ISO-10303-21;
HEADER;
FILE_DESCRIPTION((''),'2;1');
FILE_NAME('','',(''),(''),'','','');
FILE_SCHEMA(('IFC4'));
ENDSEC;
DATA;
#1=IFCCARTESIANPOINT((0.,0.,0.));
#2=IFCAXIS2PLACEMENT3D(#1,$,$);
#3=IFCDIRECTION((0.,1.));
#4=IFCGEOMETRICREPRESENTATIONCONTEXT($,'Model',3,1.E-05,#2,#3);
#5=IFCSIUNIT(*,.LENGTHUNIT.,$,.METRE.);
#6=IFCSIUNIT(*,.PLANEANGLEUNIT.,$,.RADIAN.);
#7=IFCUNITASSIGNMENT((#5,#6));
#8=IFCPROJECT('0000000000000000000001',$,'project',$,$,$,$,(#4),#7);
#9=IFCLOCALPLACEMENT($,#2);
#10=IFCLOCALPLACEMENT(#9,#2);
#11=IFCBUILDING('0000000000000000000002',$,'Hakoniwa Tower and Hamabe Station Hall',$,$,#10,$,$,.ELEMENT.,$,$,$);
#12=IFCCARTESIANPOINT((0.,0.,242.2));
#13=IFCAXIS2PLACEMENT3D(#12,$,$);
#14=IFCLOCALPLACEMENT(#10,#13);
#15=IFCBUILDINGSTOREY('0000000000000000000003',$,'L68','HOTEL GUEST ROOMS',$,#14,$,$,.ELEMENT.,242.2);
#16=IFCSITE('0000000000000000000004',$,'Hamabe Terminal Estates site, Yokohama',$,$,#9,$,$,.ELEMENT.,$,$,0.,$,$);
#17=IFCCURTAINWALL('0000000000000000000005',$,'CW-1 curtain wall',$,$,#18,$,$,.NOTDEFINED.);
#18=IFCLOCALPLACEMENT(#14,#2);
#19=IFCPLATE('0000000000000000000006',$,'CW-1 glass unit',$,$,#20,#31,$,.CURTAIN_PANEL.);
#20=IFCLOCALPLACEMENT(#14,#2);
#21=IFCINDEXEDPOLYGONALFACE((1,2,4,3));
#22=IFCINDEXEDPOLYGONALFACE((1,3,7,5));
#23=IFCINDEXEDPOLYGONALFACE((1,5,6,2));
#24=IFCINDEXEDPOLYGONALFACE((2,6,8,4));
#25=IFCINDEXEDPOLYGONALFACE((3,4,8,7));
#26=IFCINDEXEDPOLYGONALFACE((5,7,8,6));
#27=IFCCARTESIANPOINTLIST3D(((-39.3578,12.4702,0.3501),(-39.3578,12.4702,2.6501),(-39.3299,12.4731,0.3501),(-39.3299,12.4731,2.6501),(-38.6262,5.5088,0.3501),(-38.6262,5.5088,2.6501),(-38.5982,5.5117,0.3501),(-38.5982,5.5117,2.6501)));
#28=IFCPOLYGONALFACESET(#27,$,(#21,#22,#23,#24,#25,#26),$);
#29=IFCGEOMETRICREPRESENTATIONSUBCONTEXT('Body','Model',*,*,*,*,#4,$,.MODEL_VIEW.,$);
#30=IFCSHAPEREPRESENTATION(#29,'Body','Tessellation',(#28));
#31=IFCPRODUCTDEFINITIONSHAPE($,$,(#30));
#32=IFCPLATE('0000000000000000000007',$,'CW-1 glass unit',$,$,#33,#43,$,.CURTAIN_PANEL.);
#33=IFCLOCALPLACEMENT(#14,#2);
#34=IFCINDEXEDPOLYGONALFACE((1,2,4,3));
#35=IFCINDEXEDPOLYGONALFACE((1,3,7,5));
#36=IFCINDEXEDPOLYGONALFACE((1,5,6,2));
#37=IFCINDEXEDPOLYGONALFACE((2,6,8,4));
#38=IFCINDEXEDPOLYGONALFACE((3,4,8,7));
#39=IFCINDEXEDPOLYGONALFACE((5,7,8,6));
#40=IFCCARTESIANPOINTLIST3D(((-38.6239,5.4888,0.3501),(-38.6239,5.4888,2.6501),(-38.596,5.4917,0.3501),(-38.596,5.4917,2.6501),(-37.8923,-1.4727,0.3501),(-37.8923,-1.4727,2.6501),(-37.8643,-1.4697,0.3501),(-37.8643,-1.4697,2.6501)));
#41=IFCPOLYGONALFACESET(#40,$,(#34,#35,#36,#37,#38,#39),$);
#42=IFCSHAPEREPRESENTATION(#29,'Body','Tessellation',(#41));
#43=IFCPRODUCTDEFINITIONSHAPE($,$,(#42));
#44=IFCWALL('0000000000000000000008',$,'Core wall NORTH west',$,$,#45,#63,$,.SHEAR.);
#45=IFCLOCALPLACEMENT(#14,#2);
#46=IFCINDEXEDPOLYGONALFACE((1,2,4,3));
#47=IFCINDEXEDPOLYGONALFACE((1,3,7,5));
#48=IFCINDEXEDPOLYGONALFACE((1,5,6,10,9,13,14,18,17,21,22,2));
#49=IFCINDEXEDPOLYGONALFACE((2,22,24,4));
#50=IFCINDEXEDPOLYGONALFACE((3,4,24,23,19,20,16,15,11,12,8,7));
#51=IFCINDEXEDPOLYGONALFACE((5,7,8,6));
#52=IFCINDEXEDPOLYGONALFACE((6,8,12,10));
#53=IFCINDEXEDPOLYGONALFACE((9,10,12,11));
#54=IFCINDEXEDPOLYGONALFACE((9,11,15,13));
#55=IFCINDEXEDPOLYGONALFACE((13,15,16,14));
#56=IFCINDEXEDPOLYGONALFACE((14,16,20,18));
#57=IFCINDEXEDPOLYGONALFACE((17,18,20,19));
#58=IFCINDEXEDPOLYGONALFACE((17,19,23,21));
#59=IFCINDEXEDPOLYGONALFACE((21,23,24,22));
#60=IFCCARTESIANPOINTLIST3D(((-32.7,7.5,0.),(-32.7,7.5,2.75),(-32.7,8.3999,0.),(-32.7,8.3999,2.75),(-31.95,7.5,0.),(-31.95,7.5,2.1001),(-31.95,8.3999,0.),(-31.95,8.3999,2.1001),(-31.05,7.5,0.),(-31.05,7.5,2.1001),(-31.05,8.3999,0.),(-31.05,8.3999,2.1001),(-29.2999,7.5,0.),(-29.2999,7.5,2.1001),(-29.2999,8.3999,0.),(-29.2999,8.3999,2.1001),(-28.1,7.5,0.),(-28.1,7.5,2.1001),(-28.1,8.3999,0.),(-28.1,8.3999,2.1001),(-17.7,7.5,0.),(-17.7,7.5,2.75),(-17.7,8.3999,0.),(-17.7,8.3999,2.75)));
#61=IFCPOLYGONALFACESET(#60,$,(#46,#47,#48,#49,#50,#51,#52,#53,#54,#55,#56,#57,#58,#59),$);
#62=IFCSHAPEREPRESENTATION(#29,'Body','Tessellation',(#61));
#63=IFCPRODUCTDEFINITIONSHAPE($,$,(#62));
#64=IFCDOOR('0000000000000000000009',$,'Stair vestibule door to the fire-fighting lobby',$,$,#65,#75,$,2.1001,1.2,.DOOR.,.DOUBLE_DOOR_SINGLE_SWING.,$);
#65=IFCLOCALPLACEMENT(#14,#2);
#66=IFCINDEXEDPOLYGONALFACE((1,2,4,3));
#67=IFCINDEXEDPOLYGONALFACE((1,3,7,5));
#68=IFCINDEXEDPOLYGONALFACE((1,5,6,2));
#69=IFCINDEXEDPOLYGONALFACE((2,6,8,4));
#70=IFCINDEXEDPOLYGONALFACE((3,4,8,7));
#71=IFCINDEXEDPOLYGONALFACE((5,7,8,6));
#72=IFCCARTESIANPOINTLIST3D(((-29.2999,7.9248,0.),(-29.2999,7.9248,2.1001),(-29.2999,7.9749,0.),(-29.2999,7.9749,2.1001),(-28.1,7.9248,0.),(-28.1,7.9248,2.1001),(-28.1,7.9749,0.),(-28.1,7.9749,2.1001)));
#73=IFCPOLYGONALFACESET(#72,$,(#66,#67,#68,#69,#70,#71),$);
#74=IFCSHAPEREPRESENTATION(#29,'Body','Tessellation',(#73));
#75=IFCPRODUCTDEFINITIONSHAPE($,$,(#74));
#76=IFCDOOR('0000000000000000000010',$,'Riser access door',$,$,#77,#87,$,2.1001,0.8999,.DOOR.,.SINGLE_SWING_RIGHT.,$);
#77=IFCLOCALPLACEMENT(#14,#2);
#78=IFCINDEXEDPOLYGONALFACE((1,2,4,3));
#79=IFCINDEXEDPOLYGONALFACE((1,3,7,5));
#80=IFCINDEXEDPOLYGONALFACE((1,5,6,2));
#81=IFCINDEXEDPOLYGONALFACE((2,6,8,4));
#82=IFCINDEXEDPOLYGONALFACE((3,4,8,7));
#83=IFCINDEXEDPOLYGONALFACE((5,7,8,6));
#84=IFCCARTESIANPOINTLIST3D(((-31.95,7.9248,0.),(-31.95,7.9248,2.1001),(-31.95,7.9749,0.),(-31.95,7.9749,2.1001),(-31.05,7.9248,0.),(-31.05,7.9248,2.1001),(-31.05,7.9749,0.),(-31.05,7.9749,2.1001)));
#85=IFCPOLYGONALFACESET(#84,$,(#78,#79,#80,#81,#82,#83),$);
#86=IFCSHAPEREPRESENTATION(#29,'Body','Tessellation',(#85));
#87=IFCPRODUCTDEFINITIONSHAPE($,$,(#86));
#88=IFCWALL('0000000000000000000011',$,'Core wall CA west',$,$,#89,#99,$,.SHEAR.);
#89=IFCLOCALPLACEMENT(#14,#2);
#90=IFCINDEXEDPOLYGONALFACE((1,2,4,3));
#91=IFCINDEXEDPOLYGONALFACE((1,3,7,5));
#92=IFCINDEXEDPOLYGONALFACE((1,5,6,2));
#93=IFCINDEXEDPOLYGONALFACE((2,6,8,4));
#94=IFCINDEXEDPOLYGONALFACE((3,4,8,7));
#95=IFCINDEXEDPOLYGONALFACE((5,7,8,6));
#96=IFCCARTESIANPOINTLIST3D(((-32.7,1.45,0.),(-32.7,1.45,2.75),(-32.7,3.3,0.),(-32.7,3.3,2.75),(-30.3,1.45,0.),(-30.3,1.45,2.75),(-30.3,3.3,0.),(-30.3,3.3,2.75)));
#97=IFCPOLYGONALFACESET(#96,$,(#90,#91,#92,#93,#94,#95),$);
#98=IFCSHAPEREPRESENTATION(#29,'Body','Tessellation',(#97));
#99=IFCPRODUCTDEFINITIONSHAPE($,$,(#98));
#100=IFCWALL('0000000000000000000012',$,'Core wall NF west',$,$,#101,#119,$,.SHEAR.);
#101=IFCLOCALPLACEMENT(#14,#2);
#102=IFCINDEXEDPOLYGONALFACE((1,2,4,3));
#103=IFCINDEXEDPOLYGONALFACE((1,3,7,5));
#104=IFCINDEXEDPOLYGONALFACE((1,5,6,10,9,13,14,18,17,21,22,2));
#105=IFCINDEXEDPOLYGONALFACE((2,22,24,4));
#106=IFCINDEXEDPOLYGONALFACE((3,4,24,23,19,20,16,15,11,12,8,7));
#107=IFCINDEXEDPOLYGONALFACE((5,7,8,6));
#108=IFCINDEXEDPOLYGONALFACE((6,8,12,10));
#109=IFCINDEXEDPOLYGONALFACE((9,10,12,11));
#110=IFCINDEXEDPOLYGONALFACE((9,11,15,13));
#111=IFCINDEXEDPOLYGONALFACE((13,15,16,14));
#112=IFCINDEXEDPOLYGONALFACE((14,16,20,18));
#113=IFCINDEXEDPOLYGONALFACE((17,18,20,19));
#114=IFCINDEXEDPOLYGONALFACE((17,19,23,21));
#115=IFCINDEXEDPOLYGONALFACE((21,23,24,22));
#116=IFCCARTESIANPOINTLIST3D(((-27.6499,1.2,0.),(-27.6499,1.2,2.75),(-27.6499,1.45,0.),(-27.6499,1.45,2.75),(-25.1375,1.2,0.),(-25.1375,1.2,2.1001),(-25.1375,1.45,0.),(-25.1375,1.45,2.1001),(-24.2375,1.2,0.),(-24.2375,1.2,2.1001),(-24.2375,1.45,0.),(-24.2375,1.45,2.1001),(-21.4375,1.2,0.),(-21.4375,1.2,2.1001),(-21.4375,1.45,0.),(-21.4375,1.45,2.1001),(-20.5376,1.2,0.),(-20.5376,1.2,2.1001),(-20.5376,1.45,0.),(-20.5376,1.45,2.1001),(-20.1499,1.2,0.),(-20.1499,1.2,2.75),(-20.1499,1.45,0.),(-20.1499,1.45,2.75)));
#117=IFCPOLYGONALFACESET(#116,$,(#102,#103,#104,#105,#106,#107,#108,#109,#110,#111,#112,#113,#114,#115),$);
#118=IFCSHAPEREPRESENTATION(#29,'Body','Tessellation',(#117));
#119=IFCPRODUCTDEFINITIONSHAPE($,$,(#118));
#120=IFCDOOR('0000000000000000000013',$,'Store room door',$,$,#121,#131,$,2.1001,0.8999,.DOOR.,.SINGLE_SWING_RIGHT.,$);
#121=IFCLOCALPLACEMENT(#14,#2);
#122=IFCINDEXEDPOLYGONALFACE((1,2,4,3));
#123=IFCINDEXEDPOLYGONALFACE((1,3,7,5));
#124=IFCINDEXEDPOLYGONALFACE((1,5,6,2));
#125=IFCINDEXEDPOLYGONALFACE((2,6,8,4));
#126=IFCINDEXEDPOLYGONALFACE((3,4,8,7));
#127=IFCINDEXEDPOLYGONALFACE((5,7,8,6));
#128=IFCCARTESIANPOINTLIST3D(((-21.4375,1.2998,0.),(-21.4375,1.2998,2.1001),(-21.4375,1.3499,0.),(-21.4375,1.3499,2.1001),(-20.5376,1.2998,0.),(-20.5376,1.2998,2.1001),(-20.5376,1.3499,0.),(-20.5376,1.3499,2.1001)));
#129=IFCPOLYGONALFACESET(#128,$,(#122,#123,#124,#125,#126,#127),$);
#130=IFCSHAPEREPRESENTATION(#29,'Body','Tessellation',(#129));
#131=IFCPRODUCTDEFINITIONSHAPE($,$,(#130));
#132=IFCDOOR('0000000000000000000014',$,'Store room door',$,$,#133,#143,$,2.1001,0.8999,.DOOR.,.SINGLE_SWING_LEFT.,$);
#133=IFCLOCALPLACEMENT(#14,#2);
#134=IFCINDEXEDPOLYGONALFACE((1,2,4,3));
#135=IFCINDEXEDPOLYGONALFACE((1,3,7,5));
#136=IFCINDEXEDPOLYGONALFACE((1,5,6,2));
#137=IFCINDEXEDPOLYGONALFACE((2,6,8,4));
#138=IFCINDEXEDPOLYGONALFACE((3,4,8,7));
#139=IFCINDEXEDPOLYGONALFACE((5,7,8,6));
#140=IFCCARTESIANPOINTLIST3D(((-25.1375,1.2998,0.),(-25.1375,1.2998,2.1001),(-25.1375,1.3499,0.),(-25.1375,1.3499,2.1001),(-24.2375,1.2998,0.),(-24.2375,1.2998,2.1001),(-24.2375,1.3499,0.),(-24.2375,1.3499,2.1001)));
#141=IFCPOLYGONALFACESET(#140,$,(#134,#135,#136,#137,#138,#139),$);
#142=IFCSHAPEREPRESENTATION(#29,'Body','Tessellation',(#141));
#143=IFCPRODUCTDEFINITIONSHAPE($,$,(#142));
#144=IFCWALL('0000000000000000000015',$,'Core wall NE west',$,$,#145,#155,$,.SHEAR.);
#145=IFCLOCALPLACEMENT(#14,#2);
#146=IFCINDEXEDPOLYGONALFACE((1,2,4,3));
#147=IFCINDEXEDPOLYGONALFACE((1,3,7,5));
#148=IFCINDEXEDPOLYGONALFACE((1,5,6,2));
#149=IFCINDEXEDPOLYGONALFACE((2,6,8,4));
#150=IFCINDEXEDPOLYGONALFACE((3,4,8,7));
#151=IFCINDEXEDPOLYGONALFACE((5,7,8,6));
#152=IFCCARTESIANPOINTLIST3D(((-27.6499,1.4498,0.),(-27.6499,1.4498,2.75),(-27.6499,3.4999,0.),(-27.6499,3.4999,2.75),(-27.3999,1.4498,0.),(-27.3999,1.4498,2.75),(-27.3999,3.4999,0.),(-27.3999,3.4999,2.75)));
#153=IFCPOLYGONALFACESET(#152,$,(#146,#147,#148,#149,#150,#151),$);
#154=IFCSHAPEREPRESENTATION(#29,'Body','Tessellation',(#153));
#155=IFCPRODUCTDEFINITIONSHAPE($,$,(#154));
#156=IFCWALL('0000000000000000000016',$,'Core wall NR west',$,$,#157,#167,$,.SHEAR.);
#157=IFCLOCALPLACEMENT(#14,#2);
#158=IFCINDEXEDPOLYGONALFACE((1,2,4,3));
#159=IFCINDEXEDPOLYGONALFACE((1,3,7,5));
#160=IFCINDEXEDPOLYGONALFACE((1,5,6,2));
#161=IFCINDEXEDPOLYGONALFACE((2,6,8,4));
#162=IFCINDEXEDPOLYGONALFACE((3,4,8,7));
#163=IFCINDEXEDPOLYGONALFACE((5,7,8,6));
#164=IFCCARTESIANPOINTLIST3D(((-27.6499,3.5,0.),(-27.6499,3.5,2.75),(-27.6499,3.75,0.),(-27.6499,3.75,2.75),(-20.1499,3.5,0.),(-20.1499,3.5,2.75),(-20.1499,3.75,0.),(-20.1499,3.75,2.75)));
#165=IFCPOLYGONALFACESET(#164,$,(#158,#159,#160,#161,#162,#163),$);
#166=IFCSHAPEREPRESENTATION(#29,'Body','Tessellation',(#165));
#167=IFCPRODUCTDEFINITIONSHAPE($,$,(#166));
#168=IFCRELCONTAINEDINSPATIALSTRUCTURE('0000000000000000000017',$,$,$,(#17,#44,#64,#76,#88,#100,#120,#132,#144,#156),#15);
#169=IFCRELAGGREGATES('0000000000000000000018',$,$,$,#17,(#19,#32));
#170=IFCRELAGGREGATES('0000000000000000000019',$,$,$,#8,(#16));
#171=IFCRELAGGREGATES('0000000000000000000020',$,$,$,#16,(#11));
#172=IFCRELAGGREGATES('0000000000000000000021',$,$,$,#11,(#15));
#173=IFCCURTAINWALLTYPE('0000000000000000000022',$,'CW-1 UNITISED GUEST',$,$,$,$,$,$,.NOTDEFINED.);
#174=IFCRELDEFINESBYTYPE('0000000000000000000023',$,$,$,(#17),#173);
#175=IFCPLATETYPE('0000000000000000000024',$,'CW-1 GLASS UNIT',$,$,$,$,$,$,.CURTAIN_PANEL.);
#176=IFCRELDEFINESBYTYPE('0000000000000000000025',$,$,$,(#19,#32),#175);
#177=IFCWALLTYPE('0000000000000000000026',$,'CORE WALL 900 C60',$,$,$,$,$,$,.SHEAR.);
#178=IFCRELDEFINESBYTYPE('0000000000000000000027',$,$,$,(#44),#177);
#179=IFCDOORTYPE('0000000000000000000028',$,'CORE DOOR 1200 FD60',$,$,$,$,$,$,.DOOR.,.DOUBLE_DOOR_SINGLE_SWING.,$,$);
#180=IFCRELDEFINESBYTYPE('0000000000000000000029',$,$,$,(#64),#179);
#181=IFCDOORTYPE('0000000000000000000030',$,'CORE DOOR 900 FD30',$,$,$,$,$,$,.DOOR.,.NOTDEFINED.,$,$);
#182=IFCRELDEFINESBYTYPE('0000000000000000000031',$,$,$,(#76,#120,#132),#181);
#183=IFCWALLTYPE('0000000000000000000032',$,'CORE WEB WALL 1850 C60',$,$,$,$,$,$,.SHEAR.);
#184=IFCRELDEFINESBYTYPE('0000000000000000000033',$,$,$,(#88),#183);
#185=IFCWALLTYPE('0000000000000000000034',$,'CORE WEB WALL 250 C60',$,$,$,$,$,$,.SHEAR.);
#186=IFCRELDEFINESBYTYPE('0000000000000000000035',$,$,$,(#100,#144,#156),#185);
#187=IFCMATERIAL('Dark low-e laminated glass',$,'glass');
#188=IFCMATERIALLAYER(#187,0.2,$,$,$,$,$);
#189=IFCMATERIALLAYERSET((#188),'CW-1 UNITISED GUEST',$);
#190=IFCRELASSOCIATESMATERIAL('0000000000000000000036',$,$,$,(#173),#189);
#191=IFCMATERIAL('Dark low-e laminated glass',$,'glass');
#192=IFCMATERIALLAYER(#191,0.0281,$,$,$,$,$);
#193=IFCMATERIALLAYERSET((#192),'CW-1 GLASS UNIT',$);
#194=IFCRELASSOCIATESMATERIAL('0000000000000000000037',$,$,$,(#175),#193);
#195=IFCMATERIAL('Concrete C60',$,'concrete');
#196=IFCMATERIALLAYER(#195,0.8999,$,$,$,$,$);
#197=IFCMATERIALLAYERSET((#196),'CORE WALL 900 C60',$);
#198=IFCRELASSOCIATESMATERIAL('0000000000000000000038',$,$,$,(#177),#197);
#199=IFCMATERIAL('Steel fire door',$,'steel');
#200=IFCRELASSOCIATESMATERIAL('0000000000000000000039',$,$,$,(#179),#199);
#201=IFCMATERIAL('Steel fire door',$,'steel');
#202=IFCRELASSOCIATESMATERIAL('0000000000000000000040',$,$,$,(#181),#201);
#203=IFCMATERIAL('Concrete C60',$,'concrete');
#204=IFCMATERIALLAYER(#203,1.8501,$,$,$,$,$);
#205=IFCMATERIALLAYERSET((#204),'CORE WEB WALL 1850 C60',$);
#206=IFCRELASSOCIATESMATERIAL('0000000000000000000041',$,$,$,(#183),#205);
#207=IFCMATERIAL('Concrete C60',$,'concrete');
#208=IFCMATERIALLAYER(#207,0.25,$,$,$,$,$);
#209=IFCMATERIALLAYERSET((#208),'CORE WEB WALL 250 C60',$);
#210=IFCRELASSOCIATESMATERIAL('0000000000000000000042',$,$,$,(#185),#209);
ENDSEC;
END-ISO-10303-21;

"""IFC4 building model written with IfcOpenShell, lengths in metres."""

from ifc_helpers import new_model, si_unit, direction, frame, frame_2d, origin, origin_2d, place, context, subcontext, project, spatial, rectangle, extrude, material, layer, layer_set, type_object, element, fill, aggregate, save


model = new_model("IFC4")

# Units and contexts
model_context = context("Model", 3, precision=1e-05, world=origin(), true_north=direction((0.0, 1.0)))
body_context = subcontext(model_context, "Body", "Model", "MODEL_VIEW")
ifc_project = project(units=[si_unit("LENGTHUNIT", "METRE"), si_unit("PLANEANGLEUNIT", "RADIAN")], contexts=[model_context])

# Site, building, storey
site_placement = place(None, origin())
site = spatial("IfcSite", under=ifc_project, at=site_placement, Name="Hamabe Terminal Estates site, Yokohama", CompositionType="ELEMENT", RefElevation=0.0)
building_placement = place(site_placement, origin())
building = spatial("IfcBuilding", under=site, at=building_placement, Name="Hakoniwa Tower and Hamabe Station Hall", CompositionType="ELEMENT")
storey_placement = place(building_placement, frame((0.0, 0.0, 242.2)))
storey = spatial("IfcBuildingStorey", under=building, at=storey_placement, Name="L68", Description="HOTEL GUEST ROOMS", CompositionType="ELEMENT", Elevation=242.2)

# Curtain wall, plates
ifc_material_1 = material(Name="Dark low-e laminated glass", Category="glass")
ifc_layer_1 = layer(ifc_material_1, 0.2)
ifc_layer_set_1 = layer_set([ifc_layer_1], Name="CW-1 UNITISED GUEST")
curtain_wall_type = type_object("IfcCurtainWallType", Name="CW-1 UNITISED GUEST", PredefinedType="NOTDEFINED", material=ifc_layer_set_1)
curtain_wall_placement = place(storey_placement, origin())
curtain_wall = element("IfcCurtainWall", 1, at=curtain_wall_placement, inside=storey, type_object=curtain_wall_type, Name="CW-1 curtain wall", PredefinedType="NOTDEFINED")
ifc_material_2 = material(Name="Dark low-e laminated glass", Category="glass")
ifc_layer_2 = layer(ifc_material_2, 0.0281)
ifc_layer_set_2 = layer_set([ifc_layer_2], Name="CW-1 GLASS UNIT")
plate_type = type_object("IfcPlateType", Name="CW-1 GLASS UNIT", PredefinedType="CURTAIN_PANEL", material=ifc_layer_set_2)
plate_1_placement = place(storey_placement, frame((-38.978, 8.991, 0.3501), z_axis=(0.0, 0.0, 1.0), x_axis=(0.104528, -0.994522, 0.0)))
plate_1 = element("IfcPlate", 2, at=plate_1_placement, type_object=plate_type, Name="CW-1 glass unit", PredefinedType="CURTAIN_PANEL", context=body_context, shape_type="SweptSolid", body=[
    extrude(rectangle(XDim=6.9998, YDim=0.0281, at=origin_2d()), origin(), (0.0, 0.0, 1.0), 2.3),
])
plate_2_placement = place(storey_placement, frame((-38.2441, 2.0095, 0.3501), z_axis=(0.0, 0.0, 1.0), x_axis=(0.104528, -0.994522, 0.0)))
plate_2 = element("IfcPlate", 3, at=plate_2_placement, type_object=plate_type, Name="CW-1 glass unit", PredefinedType="CURTAIN_PANEL", context=body_context, shape_type="SweptSolid", body=[
    extrude(rectangle(XDim=6.9998, YDim=0.0281, at=origin_2d()), origin(), (0.0, 0.0, 1.0), 2.3),
])
aggregate(curtain_wall, [plate_1, plate_2])

# Wall, openings, doors
ifc_material_3 = material(Name="Concrete C60", Category="concrete")
ifc_layer_3 = layer(ifc_material_3, 0.8999)
ifc_layer_set_3 = layer_set([ifc_layer_3], Name="CORE WALL 900 C60")
wall_type_1 = type_object("IfcWallType", Name="CORE WALL 900 C60", PredefinedType="SHEAR", material=ifc_layer_set_3)
wall_1_placement = place(storey_placement, frame((-32.7, 7.95, 0.0), z_axis=(0.0, 0.0, 1.0), x_axis=(1.0, 0.0, 0.0)))
wall_1 = element("IfcWall", 4, at=wall_1_placement, inside=storey, type_object=wall_type_1, Name="Core wall NORTH west", PredefinedType="SHEAR", context=body_context, shape_type="SweptSolid", body=[
    extrude(rectangle(XDim=15.0, YDim=0.8999, at=frame_2d((7.5, 0.0))), origin(), (0.0, 0.0, 1.0), 2.75),
])
opening_1_placement = place(wall_1_placement, frame((3.3999, 0.0, 0.0)))
opening_1 = element("IfcOpeningElement", 5, at=opening_1_placement, cuts=wall_1, PredefinedType="OPENING", context=body_context, shape_type="SweptSolid", body=[
    extrude(rectangle(XDim=1.2, YDim=2.1001, at=frame_2d((0.6001, 1.05))), frame((0.0, 0.46, 0.0), z_axis=(0.0, -1.0, 0.0), x_axis=(1.0, 0.0, 0.0)), (0.0, 0.0, 1.0), 0.9199),
])
opening_2_placement = place(wall_1_placement, frame((0.75, 0.0, 0.0)))
opening_2 = element("IfcOpeningElement", 6, at=opening_2_placement, cuts=wall_1, PredefinedType="OPENING", context=body_context, shape_type="SweptSolid", body=[
    extrude(rectangle(XDim=0.8999, YDim=2.1001, at=frame_2d((0.45, 1.05))), frame((0.0, 0.46, 0.0), z_axis=(0.0, -1.0, 0.0), x_axis=(1.0, 0.0, 0.0)), (0.0, 0.0, 1.0), 0.9199),
])
ifc_material_4 = material(Name="Steel fire door", Category="steel")
door_type_1 = type_object("IfcDoorType", Name="CORE DOOR 1200 FD60", OperationType="DOUBLE_DOOR_SINGLE_SWING", PredefinedType="DOOR", material=ifc_material_4)
door_1_placement = place(opening_1_placement, origin())
door_1 = element("IfcDoor", 7, at=door_1_placement, inside=storey, type_object=door_type_1, Name="Stair vestibule door to the fire-fighting lobby", OperationType="DOUBLE_DOOR_SINGLE_SWING", OverallHeight=2.1001, OverallWidth=1.2, PredefinedType="DOOR", context=body_context, shape_type="SweptSolid", body=[
    extrude(rectangle(XDim=1.2, YDim=2.1001, at=frame_2d((0.6001, 1.05))), frame((0.0, 0.0249, 0.0), z_axis=(0.0, -1.0, 0.0), x_axis=(1.0, 0.0, 0.0)), (0.0, 0.0, 1.0), 0.05),
])
fill(opening_1, door_1)
ifc_material_5 = material(Name="Steel fire door", Category="steel")
door_type_2 = type_object("IfcDoorType", Name="CORE DOOR 900 FD30", OperationType="NOTDEFINED", PredefinedType="DOOR", material=ifc_material_5)
door_2_placement = place(opening_2_placement, origin())
door_2 = element("IfcDoor", 8, at=door_2_placement, inside=storey, type_object=door_type_2, Name="Riser access door", OperationType="SINGLE_SWING_RIGHT", OverallHeight=2.1001, OverallWidth=0.8999, PredefinedType="DOOR", context=body_context, shape_type="SweptSolid", body=[
    extrude(rectangle(XDim=0.8999, YDim=2.1001, at=frame_2d((0.45, 1.05))), frame((0.0, 0.0249, 0.0), z_axis=(0.0, -1.0, 0.0), x_axis=(1.0, 0.0, 0.0)), (0.0, 0.0, 1.0), 0.05),
])
fill(opening_2, door_2)

# Wall
ifc_material_6 = material(Name="Concrete C60", Category="concrete")
ifc_layer_4 = layer(ifc_material_6, 1.8501)
ifc_layer_set_4 = layer_set([ifc_layer_4], Name="CORE WEB WALL 1850 C60")
wall_type_2 = type_object("IfcWallType", Name="CORE WEB WALL 1850 C60", PredefinedType="SHEAR", material=ifc_layer_set_4)
wall_2_placement = place(storey_placement, frame((-32.7, 2.375, 0.0), z_axis=(0.0, 0.0, 1.0), x_axis=(1.0, 0.0, 0.0)))
element("IfcWall", 9, at=wall_2_placement, inside=storey, type_object=wall_type_2, Name="Core wall CA west", PredefinedType="SHEAR", context=body_context, shape_type="SweptSolid", body=[
    extrude(rectangle(XDim=2.3999, YDim=1.8501, at=frame_2d((1.2, 0.0))), origin(), (0.0, 0.0, 1.0), 2.75),
])

# Wall, openings, doors
ifc_material_7 = material(Name="Concrete C60", Category="concrete")
ifc_layer_5 = layer(ifc_material_7, 0.25)
ifc_layer_set_5 = layer_set([ifc_layer_5], Name="CORE WEB WALL 250 C60")
wall_type_3 = type_object("IfcWallType", Name="CORE WEB WALL 250 C60", PredefinedType="SHEAR", material=ifc_layer_set_5)
wall_3_placement = place(storey_placement, frame((-27.6499, 1.325, 0.0), z_axis=(0.0, 0.0, 1.0), x_axis=(1.0, 0.0, 0.0)))
wall_3 = element("IfcWall", 10, at=wall_3_placement, inside=storey, type_object=wall_type_3, Name="Core wall NF west", PredefinedType="SHEAR", context=body_context, shape_type="SweptSolid", body=[
    extrude(rectangle(XDim=7.5, YDim=0.25, at=frame_2d((3.75, 0.0))), origin(), (0.0, 0.0, 1.0), 2.75),
])
opening_3_placement = place(wall_3_placement, frame((6.2124, 0.0, 0.0)))
opening_3 = element("IfcOpeningElement", 11, at=opening_3_placement, cuts=wall_3, PredefinedType="OPENING", context=body_context, shape_type="SweptSolid", body=[
    extrude(rectangle(XDim=0.8999, YDim=2.1001, at=frame_2d((0.45, 1.05))), frame((0.0, 0.135, 0.0), z_axis=(0.0, -1.0, 0.0), x_axis=(1.0, 0.0, 0.0)), (0.0, 0.0, 1.0), 0.27),
])
opening_4_placement = place(wall_3_placement, frame((2.5125, 0.0, 0.0)))
opening_4 = element("IfcOpeningElement", 12, at=opening_4_placement, cuts=wall_3, PredefinedType="OPENING", context=body_context, shape_type="SweptSolid", body=[
    extrude(rectangle(XDim=0.8999, YDim=2.1001, at=frame_2d((0.45, 1.05))), frame((0.0, 0.135, 0.0), z_axis=(0.0, -1.0, 0.0), x_axis=(1.0, 0.0, 0.0)), (0.0, 0.0, 1.0), 0.27),
])
door_3_placement = place(opening_3_placement, origin())
door_3 = element("IfcDoor", 13, at=door_3_placement, inside=storey, type_object=door_type_2, Name="Store room door", OperationType="SINGLE_SWING_RIGHT", OverallHeight=2.1001, OverallWidth=0.8999, PredefinedType="DOOR", context=body_context, shape_type="SweptSolid", body=[
    extrude(rectangle(XDim=0.8999, YDim=2.1001, at=frame_2d((0.45, 1.05))), frame((0.0, 0.0249, 0.0), z_axis=(0.0, -1.0, 0.0), x_axis=(1.0, 0.0, 0.0)), (0.0, 0.0, 1.0), 0.05),
])
fill(opening_3, door_3)
door_4_placement = place(opening_4_placement, origin())
door_4 = element("IfcDoor", 14, at=door_4_placement, inside=storey, type_object=door_type_2, Name="Store room door", OperationType="SINGLE_SWING_LEFT", OverallHeight=2.1001, OverallWidth=0.8999, PredefinedType="DOOR", context=body_context, shape_type="SweptSolid", body=[
    extrude(rectangle(XDim=0.8999, YDim=2.1001, at=frame_2d((0.45, 1.05))), frame((0.0, 0.0249, 0.0), z_axis=(0.0, -1.0, 0.0), x_axis=(1.0, 0.0, 0.0)), (0.0, 0.0, 1.0), 0.05),
])
fill(opening_4, door_4)

# Walls
wall_4_placement = place(storey_placement, frame((-27.5249, 1.45, 0.0), z_axis=(0.0, 0.0, 1.0), x_axis=(0.0, 1.0, 0.0)))
element("IfcWall", 15, at=wall_4_placement, inside=storey, type_object=wall_type_3, Name="Core wall NE west", PredefinedType="SHEAR", context=body_context, shape_type="SweptSolid", body=[
    extrude(rectangle(XDim=2.05, YDim=0.25, at=frame_2d((1.0249, 0.0))), origin(), (0.0, 0.0, 1.0), 2.75),
])
wall_5_placement = place(storey_placement, frame((-27.6499, 3.625, 0.0), z_axis=(0.0, 0.0, 1.0), x_axis=(1.0, 0.0, 0.0)))
element("IfcWall", 16, at=wall_5_placement, inside=storey, type_object=wall_type_3, Name="Core wall NR west", PredefinedType="SHEAR", context=body_context, shape_type="SweptSolid", body=[
    extrude(rectangle(XDim=7.5, YDim=0.25, at=frame_2d((3.75, 0.0))), origin(), (0.0, 0.0, 1.0), 2.75),
])

save(model, "model.ifc")
